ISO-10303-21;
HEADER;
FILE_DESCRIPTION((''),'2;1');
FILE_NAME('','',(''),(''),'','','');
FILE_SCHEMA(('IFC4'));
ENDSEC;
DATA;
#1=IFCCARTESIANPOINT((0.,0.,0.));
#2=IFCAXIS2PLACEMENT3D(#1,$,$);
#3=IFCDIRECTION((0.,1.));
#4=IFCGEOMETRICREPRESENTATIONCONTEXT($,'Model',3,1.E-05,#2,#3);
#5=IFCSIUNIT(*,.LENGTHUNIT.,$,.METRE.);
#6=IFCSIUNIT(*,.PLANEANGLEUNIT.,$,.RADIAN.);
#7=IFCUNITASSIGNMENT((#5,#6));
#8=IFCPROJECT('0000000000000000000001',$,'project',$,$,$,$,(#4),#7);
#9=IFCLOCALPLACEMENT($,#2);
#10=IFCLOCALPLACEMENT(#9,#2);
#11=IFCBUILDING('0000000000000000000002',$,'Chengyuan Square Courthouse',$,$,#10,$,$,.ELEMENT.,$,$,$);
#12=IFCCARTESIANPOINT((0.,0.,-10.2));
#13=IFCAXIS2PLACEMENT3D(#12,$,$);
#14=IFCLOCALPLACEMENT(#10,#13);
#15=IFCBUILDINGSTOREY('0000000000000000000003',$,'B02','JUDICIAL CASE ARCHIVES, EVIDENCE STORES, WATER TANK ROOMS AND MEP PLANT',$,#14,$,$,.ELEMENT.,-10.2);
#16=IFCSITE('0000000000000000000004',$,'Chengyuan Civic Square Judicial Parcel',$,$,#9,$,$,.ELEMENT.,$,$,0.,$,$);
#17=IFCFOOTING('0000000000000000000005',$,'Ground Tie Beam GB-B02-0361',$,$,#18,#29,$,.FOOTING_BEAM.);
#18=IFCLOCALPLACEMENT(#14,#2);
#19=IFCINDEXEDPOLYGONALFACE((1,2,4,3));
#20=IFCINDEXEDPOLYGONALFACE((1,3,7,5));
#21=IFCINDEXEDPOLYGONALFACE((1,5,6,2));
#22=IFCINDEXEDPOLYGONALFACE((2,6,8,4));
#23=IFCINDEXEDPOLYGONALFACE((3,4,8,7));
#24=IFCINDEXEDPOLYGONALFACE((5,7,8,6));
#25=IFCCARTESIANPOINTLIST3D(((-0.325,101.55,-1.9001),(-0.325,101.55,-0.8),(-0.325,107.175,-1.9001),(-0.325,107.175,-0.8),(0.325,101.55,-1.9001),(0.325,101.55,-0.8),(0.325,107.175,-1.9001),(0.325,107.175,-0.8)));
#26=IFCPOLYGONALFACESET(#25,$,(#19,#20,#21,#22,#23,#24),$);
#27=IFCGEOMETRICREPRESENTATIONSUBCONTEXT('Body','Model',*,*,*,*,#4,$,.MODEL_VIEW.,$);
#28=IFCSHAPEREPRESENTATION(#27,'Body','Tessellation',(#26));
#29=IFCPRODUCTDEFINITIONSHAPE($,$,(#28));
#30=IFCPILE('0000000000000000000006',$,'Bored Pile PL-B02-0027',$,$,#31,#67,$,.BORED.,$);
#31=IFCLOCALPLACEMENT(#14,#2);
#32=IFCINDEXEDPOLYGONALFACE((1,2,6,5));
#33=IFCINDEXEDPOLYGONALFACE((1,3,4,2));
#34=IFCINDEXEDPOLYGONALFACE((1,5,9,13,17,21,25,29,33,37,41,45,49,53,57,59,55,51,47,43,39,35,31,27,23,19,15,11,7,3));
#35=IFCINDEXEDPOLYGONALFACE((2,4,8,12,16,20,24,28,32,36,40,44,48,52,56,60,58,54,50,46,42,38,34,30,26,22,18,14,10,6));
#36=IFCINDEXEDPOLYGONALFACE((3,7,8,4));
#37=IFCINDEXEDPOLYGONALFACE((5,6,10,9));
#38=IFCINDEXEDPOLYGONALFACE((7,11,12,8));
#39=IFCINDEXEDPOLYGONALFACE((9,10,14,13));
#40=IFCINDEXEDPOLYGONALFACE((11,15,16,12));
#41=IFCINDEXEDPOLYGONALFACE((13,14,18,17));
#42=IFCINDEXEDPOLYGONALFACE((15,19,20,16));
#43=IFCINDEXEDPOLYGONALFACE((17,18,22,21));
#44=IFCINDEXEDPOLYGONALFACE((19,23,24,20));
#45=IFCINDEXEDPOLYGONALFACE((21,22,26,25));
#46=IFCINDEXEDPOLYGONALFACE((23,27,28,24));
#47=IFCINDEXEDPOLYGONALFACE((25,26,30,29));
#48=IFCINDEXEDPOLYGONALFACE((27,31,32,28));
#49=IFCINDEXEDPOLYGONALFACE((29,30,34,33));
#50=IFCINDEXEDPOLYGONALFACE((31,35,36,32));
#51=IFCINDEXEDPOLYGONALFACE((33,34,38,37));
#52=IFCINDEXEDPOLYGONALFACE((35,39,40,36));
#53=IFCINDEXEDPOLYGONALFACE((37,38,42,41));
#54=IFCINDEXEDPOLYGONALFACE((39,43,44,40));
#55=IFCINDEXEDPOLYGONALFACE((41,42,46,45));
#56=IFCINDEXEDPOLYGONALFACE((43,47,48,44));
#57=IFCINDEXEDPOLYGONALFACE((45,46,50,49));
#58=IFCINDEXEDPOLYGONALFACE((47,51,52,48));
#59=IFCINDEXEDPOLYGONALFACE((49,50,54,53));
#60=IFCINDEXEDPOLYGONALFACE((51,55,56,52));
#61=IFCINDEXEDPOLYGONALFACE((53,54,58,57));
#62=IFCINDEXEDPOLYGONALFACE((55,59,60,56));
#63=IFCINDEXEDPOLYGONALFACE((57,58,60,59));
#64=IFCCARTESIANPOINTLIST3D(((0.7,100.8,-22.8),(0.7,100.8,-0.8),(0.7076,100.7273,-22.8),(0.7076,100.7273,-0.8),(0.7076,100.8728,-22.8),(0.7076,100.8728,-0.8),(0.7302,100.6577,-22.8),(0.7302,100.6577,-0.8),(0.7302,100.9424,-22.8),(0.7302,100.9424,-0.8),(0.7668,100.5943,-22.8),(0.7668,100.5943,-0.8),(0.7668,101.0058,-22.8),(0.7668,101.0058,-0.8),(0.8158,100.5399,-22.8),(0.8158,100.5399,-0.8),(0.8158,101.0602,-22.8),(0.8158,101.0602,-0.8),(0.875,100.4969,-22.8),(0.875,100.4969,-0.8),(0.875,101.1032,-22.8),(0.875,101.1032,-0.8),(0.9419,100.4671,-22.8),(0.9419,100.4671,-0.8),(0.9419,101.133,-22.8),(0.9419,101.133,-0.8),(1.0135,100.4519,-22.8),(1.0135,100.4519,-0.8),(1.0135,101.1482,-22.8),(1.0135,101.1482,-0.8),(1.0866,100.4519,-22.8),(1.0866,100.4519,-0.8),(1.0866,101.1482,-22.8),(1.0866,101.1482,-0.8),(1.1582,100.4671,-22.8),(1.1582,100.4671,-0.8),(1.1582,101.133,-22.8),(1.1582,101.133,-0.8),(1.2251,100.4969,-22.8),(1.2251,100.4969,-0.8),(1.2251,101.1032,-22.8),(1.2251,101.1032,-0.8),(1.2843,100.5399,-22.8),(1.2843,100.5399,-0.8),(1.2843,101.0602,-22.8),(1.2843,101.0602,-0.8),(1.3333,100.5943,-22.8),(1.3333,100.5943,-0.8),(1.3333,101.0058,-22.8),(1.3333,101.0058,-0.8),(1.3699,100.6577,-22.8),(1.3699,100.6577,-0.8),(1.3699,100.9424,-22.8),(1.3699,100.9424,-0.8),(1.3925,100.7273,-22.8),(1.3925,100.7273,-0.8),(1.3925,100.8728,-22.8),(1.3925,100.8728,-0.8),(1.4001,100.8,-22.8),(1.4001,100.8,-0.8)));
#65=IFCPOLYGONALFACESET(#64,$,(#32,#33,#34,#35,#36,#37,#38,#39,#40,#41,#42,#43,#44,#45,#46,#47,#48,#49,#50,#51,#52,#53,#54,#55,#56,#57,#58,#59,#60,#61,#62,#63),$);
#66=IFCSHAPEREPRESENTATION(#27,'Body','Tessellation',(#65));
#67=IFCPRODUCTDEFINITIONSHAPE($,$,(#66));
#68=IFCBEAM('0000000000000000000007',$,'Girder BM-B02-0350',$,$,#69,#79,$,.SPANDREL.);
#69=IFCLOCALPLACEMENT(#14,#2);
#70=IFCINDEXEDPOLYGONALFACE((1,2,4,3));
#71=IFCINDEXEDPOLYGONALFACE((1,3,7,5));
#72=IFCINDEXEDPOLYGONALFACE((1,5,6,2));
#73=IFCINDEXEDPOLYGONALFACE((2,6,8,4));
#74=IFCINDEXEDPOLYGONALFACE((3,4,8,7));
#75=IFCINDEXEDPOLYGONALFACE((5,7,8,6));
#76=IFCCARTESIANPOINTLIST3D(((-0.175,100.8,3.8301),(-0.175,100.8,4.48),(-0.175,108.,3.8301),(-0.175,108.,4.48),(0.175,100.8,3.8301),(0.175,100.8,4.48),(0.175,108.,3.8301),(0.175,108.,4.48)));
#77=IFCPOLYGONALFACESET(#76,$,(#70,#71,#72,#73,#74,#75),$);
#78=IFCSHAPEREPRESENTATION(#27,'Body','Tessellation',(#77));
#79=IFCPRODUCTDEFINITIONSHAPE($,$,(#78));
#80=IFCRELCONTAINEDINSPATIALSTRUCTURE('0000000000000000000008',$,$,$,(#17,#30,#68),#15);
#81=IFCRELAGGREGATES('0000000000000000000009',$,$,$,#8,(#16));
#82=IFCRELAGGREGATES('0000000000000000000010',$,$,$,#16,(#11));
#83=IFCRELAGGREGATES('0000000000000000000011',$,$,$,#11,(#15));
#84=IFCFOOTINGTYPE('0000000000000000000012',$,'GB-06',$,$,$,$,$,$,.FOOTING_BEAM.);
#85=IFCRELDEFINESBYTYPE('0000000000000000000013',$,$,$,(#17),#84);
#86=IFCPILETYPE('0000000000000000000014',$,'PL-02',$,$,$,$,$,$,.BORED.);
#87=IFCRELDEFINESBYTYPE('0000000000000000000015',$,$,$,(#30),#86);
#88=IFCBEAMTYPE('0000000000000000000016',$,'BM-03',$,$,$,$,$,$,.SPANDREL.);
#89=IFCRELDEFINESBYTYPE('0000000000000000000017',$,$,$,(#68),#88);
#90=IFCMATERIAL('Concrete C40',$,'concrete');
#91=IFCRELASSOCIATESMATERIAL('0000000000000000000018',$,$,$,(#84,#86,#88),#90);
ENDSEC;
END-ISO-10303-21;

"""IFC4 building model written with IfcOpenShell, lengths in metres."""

from ifc_helpers import new_model, si_unit, direction, frame, origin, origin_2d, place, context, subcontext, project, spatial, rectangle, circle, extrude, material, material_profile, profile_set, type_object, element, save


model = new_model("IFC4")

# Units and contexts
model_context = context("Model", 3, precision=1e-05, world=origin(), true_north=direction((0.0, 1.0)))
body_context = subcontext(model_context, "Body", "Model", "MODEL_VIEW")
ifc_project = project(units=[si_unit("LENGTHUNIT", "METRE"), si_unit("PLANEANGLEUNIT", "RADIAN")], contexts=[model_context])

# Site, building, storey
site_placement = place(None, origin())
site = spatial("IfcSite", under=ifc_project, at=site_placement, Name="Chengyuan Civic Square Judicial Parcel", CompositionType="ELEMENT", RefElevation=0.0)
building_placement = place(site_placement, origin())
building = spatial("IfcBuilding", under=site, at=building_placement, Name="Chengyuan Square Courthouse", CompositionType="ELEMENT")
storey_placement = place(building_placement, frame((0.0, 0.0, -10.2)))
storey = spatial("IfcBuildingStorey", under=building, at=storey_placement, Name="B02", Description="JUDICIAL CASE ARCHIVES, EVIDENCE STORES, WATER TANK ROOMS AND MEP PLANT", CompositionType="ELEMENT", Elevation=-10.2)

# Footing
ifc_material_1 = material(Name="Concrete C40", Category="concrete")
ifc_material_profile_1 = material_profile(ifc_material_1, rectangle(XDim=0.6499, YDim=1.1001, at=origin_2d()), Name="GB-650x1100")
ifc_profile_set_1 = profile_set([ifc_material_profile_1], Name="Concrete C40")
footing_type = type_object("IfcFootingType", Name="GB-06", PredefinedType="FOOTING_BEAM", material=ifc_profile_set_1)
footing_placement = place(storey_placement, frame((0.0, 101.55, -1.3501), z_axis=(0.0, 1.0, 0.0), x_axis=(-1.0, 0.0, 0.0)))
element("IfcFooting", 1, at=footing_placement, inside=storey, type_object=footing_type, Name="Ground Tie Beam GB-B02-0361", PredefinedType="FOOTING_BEAM", context=body_context, shape_type="SweptSolid", body=[
    extrude(rectangle(XDim=0.6499, YDim=1.1001, at=origin_2d()), origin(), (0.0, 0.0, 1.0), 5.625),
])

# Pile
ifc_material_profile_2 = material_profile(ifc_material_1, circle(Radius=0.3501, at=origin_2d()), Name="BORED PILE D700")
ifc_profile_set_2 = profile_set([ifc_material_profile_2], Name="Concrete C40")
pile_type = type_object("IfcPileType", Name="PL-02", PredefinedType="BORED", material=ifc_profile_set_2)
pile_placement = place(storey_placement, frame((1.05, 100.8, -0.8), z_axis=(0.0, 0.0, -1.0), x_axis=(1.0, 0.0, 0.0)))
element("IfcPile", 2, at=pile_placement, inside=storey, type_object=pile_type, Name="Bored Pile PL-B02-0027", PredefinedType="BORED", context=body_context, shape_type="SweptSolid", body=[
    extrude(circle(Radius=0.3501, at=origin_2d()), origin(), (0.0, 0.0, 1.0), 22.0),
])

# Beam
ifc_material_profile_3 = material_profile(ifc_material_1, rectangle(XDim=0.3501, YDim=0.6499, at=origin_2d()), Name="RC-BM-350x650")
ifc_profile_set_3 = profile_set([ifc_material_profile_3], Name="Concrete C40")
beam_type = type_object("IfcBeamType", Name="BM-03", PredefinedType="SPANDREL", material=ifc_profile_set_3)
beam_placement = place(storey_placement, frame((0.0, 100.8, 4.155), z_axis=(0.0, 1.0, 0.0), x_axis=(-1.0, 0.0, 0.0)))
element("IfcBeam", 3, at=beam_placement, inside=storey, type_object=beam_type, Name="Girder BM-B02-0350", PredefinedType="SPANDREL", context=body_context, shape_type="SweptSolid", body=[
    extrude(rectangle(XDim=0.3501, YDim=0.6499, at=origin_2d()), origin(), (0.0, 0.0, 1.0), 7.2),
])

save(model, "model.ifc")
